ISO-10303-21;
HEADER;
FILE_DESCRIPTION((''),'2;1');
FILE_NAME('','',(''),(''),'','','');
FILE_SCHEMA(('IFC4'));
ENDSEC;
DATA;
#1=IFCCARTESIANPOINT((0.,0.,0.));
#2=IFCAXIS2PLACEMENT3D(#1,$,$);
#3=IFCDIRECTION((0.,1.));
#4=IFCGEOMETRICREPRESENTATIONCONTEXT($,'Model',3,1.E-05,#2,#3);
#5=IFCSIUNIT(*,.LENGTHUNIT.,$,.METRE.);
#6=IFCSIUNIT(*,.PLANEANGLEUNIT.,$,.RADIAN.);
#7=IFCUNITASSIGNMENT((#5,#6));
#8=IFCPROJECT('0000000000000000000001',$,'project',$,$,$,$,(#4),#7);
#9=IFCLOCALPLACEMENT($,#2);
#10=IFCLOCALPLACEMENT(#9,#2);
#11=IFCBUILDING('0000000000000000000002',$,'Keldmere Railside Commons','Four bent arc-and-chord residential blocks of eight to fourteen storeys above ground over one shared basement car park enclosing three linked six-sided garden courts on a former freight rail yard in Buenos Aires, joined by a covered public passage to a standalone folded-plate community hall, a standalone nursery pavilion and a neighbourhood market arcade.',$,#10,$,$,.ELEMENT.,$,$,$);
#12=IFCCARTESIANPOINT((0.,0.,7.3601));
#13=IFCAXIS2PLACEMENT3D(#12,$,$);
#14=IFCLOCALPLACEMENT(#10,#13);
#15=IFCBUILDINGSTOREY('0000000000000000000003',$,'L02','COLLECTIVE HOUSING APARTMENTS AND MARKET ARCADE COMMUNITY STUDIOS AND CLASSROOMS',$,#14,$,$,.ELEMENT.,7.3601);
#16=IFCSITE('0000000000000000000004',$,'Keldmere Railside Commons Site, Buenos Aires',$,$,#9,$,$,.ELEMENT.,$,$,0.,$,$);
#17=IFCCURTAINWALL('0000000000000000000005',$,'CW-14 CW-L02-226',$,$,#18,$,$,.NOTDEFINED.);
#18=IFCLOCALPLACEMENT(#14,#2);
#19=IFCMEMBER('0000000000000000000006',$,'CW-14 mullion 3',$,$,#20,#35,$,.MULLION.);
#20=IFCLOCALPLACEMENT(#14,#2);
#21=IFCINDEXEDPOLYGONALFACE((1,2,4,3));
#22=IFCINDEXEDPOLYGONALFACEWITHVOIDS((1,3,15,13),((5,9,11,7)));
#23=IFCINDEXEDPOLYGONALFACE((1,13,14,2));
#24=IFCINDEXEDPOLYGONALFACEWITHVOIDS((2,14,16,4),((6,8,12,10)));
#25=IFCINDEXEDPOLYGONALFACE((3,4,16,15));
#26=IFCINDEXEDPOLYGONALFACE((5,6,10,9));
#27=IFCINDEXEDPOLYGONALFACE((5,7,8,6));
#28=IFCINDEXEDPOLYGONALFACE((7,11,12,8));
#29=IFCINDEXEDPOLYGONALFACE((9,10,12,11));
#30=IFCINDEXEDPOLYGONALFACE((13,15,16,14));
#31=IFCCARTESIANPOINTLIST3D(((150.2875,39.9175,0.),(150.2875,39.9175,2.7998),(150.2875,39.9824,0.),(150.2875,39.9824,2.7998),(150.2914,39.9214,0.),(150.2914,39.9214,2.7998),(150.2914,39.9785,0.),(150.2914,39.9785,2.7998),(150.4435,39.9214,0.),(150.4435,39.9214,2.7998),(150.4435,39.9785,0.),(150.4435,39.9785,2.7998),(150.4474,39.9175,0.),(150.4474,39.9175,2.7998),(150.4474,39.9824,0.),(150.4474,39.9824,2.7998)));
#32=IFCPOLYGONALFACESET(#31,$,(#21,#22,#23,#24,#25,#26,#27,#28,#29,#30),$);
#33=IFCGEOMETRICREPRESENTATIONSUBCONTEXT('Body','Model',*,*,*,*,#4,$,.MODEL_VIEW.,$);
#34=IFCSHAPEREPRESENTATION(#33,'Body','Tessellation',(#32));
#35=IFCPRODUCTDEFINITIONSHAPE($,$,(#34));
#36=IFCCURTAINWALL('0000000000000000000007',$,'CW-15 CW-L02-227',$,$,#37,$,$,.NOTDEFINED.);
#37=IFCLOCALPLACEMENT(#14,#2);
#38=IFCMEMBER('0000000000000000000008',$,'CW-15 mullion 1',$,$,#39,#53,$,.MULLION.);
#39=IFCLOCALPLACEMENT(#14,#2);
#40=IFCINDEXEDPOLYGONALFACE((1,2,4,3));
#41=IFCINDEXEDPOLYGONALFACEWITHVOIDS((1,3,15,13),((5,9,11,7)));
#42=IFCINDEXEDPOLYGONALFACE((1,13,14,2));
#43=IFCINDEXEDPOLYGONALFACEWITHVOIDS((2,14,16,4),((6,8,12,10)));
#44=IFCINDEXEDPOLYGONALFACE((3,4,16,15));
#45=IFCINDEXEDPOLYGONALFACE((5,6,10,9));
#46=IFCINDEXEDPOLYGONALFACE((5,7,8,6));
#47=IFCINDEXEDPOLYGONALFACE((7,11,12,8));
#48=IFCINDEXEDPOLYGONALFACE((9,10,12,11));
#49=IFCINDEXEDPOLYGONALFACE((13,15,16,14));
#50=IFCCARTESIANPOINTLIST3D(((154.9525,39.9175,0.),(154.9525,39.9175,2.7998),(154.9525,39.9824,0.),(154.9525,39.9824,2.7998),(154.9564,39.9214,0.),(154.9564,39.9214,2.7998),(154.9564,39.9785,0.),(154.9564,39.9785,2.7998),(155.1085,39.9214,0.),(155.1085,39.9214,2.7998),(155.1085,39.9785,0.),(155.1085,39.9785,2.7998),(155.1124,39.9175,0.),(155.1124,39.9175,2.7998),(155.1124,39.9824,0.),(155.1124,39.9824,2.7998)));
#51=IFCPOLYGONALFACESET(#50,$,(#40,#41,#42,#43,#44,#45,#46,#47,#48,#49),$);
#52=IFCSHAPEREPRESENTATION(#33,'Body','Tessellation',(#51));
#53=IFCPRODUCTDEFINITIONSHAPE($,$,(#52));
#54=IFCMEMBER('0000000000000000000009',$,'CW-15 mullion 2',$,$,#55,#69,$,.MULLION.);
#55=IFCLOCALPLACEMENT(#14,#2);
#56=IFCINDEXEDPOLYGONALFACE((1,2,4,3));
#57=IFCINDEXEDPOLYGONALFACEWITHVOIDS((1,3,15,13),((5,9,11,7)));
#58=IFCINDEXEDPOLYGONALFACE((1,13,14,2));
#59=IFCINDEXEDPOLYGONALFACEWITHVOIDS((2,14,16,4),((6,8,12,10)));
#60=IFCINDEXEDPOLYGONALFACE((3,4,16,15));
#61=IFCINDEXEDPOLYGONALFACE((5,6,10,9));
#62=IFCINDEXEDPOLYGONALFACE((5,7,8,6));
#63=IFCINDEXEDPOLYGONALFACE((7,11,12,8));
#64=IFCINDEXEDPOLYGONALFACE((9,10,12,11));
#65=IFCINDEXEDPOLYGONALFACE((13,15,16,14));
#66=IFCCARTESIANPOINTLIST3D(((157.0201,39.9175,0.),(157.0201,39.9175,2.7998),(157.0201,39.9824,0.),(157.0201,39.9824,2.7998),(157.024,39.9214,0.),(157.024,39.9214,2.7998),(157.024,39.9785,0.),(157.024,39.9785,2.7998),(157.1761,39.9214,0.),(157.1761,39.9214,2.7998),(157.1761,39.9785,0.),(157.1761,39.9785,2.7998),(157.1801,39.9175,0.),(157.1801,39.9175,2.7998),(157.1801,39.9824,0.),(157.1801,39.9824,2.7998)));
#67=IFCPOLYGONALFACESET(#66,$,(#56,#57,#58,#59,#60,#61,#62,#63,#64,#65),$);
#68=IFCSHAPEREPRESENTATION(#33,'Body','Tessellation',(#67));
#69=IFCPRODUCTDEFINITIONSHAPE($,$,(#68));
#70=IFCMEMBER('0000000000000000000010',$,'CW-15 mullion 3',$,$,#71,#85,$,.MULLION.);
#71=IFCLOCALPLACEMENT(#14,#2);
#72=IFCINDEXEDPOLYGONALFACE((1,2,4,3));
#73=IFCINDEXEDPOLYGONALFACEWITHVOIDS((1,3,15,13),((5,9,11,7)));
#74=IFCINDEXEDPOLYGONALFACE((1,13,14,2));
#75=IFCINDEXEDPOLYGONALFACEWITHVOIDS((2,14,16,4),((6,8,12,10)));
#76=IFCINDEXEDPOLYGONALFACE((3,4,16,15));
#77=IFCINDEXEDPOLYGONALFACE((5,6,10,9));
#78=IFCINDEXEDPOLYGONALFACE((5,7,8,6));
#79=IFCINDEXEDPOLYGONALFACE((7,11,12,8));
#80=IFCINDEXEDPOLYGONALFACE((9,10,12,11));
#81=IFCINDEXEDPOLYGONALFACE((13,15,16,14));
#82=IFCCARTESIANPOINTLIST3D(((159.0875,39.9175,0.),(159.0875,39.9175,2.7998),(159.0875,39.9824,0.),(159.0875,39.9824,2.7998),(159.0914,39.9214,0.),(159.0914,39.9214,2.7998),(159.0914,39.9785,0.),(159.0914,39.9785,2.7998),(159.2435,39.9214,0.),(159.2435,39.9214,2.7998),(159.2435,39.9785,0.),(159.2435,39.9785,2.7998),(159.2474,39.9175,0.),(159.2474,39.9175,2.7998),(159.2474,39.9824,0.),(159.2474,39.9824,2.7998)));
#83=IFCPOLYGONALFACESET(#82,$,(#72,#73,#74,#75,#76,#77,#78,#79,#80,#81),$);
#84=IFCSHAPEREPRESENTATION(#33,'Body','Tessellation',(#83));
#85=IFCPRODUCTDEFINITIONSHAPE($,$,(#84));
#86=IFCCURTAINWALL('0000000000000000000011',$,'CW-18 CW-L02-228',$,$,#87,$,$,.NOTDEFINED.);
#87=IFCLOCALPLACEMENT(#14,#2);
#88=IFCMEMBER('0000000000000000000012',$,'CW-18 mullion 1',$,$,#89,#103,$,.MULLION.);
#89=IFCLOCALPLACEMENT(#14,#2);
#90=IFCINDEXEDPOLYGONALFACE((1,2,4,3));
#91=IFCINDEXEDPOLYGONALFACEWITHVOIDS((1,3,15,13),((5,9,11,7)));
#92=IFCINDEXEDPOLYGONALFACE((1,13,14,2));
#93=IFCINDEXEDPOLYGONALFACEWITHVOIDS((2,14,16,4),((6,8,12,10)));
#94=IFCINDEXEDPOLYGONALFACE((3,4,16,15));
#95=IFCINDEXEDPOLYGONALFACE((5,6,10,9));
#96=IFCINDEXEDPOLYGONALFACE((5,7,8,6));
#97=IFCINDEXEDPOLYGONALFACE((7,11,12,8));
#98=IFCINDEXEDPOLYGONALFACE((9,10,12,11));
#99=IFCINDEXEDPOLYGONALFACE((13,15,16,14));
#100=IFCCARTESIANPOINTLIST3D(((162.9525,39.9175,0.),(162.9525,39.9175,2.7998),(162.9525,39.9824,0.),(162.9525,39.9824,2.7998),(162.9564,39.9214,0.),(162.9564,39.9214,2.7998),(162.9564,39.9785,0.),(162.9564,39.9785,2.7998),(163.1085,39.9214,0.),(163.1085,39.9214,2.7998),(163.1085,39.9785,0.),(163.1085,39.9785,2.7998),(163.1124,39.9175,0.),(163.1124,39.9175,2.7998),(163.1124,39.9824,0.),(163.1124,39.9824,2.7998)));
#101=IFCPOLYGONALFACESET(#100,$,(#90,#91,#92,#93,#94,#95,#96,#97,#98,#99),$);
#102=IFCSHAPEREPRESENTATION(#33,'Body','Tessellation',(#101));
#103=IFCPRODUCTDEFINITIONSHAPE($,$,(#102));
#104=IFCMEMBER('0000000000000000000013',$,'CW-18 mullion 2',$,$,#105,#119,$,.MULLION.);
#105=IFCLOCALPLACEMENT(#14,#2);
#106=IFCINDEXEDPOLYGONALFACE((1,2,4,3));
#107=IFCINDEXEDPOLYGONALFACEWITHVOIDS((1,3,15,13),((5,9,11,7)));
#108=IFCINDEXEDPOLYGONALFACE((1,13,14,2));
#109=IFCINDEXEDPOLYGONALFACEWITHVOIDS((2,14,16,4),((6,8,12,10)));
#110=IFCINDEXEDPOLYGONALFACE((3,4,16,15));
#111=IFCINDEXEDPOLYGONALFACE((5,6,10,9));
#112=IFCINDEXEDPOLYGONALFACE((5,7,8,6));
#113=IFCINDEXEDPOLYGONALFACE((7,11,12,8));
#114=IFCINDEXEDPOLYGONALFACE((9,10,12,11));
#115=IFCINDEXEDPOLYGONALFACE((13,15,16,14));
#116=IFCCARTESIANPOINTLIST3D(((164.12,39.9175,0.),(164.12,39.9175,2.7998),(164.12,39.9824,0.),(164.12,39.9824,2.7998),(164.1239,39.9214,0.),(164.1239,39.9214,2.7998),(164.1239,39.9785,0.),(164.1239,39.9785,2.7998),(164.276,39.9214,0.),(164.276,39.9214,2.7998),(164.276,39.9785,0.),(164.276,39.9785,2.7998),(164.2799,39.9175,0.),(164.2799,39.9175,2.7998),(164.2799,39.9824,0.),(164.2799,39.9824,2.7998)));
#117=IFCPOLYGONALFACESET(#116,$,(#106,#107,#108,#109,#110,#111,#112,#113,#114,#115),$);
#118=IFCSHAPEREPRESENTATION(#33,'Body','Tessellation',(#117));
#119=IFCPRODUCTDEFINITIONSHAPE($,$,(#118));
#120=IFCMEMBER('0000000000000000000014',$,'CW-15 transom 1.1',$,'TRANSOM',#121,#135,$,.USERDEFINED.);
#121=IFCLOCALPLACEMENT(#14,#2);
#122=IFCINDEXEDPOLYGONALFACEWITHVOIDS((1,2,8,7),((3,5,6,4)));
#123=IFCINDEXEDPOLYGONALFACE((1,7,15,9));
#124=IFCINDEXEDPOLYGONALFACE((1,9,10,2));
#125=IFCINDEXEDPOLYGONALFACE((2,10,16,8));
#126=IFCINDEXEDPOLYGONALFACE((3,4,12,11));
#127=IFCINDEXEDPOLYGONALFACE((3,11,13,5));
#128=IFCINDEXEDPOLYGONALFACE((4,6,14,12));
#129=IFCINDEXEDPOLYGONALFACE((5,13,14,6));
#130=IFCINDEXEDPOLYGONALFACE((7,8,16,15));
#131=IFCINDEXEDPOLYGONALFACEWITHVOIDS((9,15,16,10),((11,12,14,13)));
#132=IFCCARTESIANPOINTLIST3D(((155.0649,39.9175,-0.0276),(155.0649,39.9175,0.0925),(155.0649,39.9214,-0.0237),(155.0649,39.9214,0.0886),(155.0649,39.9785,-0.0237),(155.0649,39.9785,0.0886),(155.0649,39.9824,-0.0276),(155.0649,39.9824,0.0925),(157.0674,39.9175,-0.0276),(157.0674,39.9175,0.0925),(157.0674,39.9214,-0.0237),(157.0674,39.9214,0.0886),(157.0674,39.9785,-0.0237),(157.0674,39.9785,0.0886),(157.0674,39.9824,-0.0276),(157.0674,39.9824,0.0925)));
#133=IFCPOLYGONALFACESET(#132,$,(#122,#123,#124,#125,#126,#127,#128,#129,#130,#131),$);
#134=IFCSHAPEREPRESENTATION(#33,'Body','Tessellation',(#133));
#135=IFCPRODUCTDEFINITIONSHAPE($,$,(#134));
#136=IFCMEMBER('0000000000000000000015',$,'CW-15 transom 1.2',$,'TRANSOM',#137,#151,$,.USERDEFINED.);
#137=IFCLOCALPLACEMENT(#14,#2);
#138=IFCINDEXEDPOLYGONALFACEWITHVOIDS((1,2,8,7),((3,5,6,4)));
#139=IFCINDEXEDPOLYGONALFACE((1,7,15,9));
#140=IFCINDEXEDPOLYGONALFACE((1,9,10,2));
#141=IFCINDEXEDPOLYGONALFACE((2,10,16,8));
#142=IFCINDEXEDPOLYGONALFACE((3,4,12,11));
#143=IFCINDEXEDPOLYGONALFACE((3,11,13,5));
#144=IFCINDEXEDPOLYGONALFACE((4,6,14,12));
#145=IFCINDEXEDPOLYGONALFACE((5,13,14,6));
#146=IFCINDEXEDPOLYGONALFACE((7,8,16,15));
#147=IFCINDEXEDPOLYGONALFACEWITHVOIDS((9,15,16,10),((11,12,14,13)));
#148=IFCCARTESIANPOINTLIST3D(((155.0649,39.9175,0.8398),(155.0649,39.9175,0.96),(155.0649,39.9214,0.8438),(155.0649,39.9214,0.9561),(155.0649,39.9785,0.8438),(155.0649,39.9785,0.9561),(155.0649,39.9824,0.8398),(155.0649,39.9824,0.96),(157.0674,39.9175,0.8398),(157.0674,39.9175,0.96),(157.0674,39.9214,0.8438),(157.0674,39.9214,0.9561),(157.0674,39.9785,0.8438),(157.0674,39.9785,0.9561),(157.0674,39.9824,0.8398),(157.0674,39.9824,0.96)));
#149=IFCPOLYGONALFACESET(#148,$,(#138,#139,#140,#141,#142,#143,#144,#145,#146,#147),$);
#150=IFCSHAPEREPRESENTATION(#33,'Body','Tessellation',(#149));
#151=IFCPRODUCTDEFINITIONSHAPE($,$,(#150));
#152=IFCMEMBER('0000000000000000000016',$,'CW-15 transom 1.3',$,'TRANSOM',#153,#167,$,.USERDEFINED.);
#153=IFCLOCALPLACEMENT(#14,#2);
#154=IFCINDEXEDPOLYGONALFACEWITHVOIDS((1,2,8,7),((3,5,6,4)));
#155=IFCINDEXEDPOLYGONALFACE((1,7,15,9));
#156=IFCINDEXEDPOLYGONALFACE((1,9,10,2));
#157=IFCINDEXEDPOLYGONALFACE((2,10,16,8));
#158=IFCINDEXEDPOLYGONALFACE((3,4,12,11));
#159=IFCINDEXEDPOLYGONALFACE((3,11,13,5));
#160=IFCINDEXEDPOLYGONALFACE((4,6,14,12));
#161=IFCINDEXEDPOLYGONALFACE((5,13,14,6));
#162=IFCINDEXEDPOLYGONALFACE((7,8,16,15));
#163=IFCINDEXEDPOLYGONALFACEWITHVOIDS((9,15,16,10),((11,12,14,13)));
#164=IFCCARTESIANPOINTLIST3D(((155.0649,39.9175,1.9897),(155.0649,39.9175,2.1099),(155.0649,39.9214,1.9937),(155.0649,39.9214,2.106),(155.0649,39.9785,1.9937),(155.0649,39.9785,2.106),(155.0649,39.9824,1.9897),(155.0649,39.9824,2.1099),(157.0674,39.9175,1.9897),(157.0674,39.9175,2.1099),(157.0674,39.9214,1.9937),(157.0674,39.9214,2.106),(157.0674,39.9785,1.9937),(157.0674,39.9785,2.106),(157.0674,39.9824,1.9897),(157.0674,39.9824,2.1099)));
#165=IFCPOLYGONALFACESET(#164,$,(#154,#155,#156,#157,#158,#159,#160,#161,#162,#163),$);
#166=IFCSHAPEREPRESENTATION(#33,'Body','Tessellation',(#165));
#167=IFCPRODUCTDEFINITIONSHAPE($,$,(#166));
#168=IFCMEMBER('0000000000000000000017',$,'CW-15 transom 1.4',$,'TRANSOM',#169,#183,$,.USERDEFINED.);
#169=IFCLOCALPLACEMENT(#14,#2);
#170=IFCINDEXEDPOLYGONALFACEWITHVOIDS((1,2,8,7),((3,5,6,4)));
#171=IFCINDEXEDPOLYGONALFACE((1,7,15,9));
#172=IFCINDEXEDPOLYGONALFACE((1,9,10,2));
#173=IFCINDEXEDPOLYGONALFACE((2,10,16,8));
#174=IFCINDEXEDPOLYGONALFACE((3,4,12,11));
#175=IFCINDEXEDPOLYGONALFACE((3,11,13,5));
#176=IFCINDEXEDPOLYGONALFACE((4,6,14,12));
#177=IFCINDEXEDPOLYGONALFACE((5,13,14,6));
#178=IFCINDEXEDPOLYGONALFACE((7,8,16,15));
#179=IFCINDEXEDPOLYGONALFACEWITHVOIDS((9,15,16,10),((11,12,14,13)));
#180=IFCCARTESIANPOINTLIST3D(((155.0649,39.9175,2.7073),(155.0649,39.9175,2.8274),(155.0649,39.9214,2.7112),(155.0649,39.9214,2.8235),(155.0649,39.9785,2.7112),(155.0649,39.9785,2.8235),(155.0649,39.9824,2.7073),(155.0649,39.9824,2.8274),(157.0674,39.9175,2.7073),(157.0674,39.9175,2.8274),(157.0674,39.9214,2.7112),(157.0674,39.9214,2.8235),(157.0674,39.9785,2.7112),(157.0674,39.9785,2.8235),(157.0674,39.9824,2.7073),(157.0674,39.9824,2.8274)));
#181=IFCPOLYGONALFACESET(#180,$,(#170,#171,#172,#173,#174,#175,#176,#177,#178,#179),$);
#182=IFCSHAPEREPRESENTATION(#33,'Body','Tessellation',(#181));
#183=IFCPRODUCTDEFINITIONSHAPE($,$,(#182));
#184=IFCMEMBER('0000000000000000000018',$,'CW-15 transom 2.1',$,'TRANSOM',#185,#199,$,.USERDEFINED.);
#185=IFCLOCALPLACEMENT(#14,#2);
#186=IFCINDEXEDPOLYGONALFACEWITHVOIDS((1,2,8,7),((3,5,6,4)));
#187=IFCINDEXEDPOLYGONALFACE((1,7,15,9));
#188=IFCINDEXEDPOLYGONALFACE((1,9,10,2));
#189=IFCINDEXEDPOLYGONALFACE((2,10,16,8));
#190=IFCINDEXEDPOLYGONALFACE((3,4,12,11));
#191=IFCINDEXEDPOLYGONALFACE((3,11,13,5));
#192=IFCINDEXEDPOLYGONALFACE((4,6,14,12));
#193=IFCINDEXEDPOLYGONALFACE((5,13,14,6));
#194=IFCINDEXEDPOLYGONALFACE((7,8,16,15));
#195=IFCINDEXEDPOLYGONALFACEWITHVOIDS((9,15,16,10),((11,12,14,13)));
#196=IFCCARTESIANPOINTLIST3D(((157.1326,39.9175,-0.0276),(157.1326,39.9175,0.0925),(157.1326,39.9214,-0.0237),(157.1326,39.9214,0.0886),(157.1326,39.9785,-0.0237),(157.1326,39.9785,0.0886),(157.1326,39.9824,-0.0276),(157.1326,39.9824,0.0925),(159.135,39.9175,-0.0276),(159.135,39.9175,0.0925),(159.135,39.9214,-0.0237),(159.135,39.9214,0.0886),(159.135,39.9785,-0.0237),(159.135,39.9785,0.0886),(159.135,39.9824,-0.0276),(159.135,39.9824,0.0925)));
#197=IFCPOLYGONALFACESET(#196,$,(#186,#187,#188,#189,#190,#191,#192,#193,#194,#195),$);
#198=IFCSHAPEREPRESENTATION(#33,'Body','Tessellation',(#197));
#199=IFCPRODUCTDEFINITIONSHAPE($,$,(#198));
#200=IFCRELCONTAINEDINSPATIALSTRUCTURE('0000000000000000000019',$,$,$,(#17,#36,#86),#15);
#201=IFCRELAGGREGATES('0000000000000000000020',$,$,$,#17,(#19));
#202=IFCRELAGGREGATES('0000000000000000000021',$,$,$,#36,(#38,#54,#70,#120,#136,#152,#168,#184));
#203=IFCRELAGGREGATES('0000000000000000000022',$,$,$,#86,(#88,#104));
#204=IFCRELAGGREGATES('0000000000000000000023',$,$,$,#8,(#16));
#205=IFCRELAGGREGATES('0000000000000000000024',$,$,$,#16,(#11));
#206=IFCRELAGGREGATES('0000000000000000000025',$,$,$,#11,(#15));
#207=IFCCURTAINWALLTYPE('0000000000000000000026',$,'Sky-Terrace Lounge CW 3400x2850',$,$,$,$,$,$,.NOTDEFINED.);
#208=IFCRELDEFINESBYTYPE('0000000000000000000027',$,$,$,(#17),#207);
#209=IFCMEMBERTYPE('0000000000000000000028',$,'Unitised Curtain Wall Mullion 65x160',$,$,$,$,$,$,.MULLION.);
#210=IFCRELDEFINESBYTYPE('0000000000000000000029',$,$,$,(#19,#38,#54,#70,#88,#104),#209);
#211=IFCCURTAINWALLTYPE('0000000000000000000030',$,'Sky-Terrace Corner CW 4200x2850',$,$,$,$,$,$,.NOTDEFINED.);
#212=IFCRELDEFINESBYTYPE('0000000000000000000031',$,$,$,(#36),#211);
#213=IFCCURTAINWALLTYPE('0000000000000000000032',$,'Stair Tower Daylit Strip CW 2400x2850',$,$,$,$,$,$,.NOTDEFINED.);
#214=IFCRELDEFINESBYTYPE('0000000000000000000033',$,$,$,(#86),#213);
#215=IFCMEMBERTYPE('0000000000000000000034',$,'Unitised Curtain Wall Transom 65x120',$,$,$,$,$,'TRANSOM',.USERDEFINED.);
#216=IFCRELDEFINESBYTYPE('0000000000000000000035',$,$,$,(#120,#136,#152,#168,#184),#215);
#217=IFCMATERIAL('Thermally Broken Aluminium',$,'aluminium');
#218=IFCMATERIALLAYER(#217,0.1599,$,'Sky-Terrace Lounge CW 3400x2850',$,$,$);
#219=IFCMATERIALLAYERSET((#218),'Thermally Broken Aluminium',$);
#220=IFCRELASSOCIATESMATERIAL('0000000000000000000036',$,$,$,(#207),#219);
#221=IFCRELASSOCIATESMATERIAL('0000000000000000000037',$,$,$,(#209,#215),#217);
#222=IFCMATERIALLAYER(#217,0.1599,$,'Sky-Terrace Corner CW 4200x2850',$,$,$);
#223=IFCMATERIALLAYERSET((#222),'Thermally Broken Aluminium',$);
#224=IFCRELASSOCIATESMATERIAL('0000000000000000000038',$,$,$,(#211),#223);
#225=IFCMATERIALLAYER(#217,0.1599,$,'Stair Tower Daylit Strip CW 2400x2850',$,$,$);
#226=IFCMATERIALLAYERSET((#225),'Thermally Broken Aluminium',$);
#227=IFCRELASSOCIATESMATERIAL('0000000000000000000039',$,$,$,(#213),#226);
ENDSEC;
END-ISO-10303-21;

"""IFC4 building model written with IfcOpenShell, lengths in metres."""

from ifc_helpers import new_model, si_unit, direction, frame, origin, origin_2d, place, context, subcontext, project, spatial, hollow_rectangle, extrude, material, layer, layer_set, material_profile, profile_set, type_object, element, aggregate, save


model = new_model("IFC4")

# Units and contexts
model_context = context("Model", 3, precision=1e-05, world=origin(), true_north=direction((0.0, 1.0)))
body_context = subcontext(model_context, "Body", "Model", "MODEL_VIEW")
ifc_project = project(units=[si_unit("LENGTHUNIT", "METRE"), si_unit("PLANEANGLEUNIT", "RADIAN")], contexts=[model_context])

# Site, building, storey
site_placement = place(None, origin())
site = spatial("IfcSite", under=ifc_project, at=site_placement, Name="Keldmere Railside Commons Site, Buenos Aires", CompositionType="ELEMENT", RefElevation=0.0)
building_placement = place(site_placement, origin())
building = spatial("IfcBuilding", under=site, at=building_placement, Name="Keldmere Railside Commons", Description="Four bent arc-and-chord residential blocks of eight to fourteen storeys above ground over one shared basement car park enclosing three linked six-sided garden courts on a former freight rail yard in Buenos Aires, joined by a covered public passage to a standalone folded-plate community hall, a standalone nursery pavilion and a neighbourhood market arcade.", CompositionType="ELEMENT")
storey_placement = place(building_placement, frame((0.0, 0.0, 7.3601)))
storey = spatial("IfcBuildingStorey", under=building, at=storey_placement, Name="L02", Description="COLLECTIVE HOUSING APARTMENTS AND MARKET ARCADE COMMUNITY STUDIOS AND CLASSROOMS", CompositionType="ELEMENT", Elevation=7.3601)

# Curtain wall, member
ifc_material_1 = material(Name="Thermally Broken Aluminium", Category="aluminium")
ifc_layer_1 = layer(ifc_material_1, 0.1599, Name="Sky-Terrace Lounge CW 3400x2850")
ifc_layer_set_1 = layer_set([ifc_layer_1], Name="Thermally Broken Aluminium")
curtain_wall_type_1 = type_object("IfcCurtainWallType", Name="Sky-Terrace Lounge CW 3400x2850", PredefinedType="NOTDEFINED", material=ifc_layer_set_1)
curtain_wall_1_placement = place(storey_placement, origin())
curtain_wall_1 = element("IfcCurtainWall", 1, at=curtain_wall_1_placement, inside=storey, type_object=curtain_wall_type_1, Name="CW-14 CW-L02-226", PredefinedType="NOTDEFINED")
ifc_material_profile_1 = material_profile(ifc_material_1, hollow_rectangle(XDim=0.0649, YDim=0.1599, WallThickness=0.0039, at=origin_2d()), Name="ALU-MULL-65x160")
ifc_profile_set_1 = profile_set([ifc_material_profile_1], Name="Thermally Broken Aluminium")
member_type_1 = type_object("IfcMemberType", Name="Unitised Curtain Wall Mullion 65x160", PredefinedType="MULLION", material=ifc_profile_set_1)
member_1_placement = place(storey_placement, frame((150.3674, 39.95, 0.0), z_axis=(0.0, 0.0, 1.0), x_axis=(0.0, 1.0, 0.0)))
member_1 = element("IfcMember", 2, at=member_1_placement, type_object=member_type_1, Name="CW-14 mullion 3", PredefinedType="MULLION", context=body_context, shape_type="SweptSolid", body=[
    extrude(hollow_rectangle(XDim=0.0649, YDim=0.1599, WallThickness=0.0039, at=origin_2d()), origin(), (0.0, 0.0, 1.0), 2.7998),
])
aggregate(curtain_wall_1, [member_1])

# Curtain walls, members
ifc_layer_2 = layer(ifc_material_1, 0.1599, Name="Sky-Terrace Corner CW 4200x2850")
ifc_layer_set_2 = layer_set([ifc_layer_2], Name="Thermally Broken Aluminium")
curtain_wall_type_2 = type_object("IfcCurtainWallType", Name="Sky-Terrace Corner CW 4200x2850", PredefinedType="NOTDEFINED", material=ifc_layer_set_2)
curtain_wall_2_placement = place(storey_placement, origin())
curtain_wall_2 = element("IfcCurtainWall", 3, at=curtain_wall_2_placement, inside=storey, type_object=curtain_wall_type_2, Name="CW-15 CW-L02-227", PredefinedType="NOTDEFINED")
member_2_placement = place(storey_placement, frame((155.0325, 39.95, 0.0), z_axis=(0.0, 0.0, 1.0), x_axis=(0.0, 1.0, 0.0)))
member_2 = element("IfcMember", 4, at=member_2_placement, type_object=member_type_1, Name="CW-15 mullion 1", PredefinedType="MULLION", context=body_context, shape_type="SweptSolid", body=[
    extrude(hollow_rectangle(XDim=0.0649, YDim=0.1599, WallThickness=0.0039, at=origin_2d()), origin(), (0.0, 0.0, 1.0), 2.7998),
])
member_3_placement = place(storey_placement, frame((157.1001, 39.95, 0.0), z_axis=(0.0, 0.0, 1.0), x_axis=(0.0, 1.0, 0.0)))
member_3 = element("IfcMember", 5, at=member_3_placement, type_object=member_type_1, Name="CW-15 mullion 2", PredefinedType="MULLION", context=body_context, shape_type="SweptSolid", body=[
    extrude(hollow_rectangle(XDim=0.0649, YDim=0.1599, WallThickness=0.0039, at=origin_2d()), origin(), (0.0, 0.0, 1.0), 2.7998),
])
member_4_placement = place(storey_placement, frame((159.1675, 39.95, 0.0), z_axis=(0.0, 0.0, 1.0), x_axis=(0.0, 1.0, 0.0)))
member_4 = element("IfcMember", 6, at=member_4_placement, type_object=member_type_1, Name="CW-15 mullion 3", PredefinedType="MULLION", context=body_context, shape_type="SweptSolid", body=[
    extrude(hollow_rectangle(XDim=0.0649, YDim=0.1599, WallThickness=0.0039, at=origin_2d()), origin(), (0.0, 0.0, 1.0), 2.7998),
])
ifc_layer_3 = layer(ifc_material_1, 0.1599, Name="Stair Tower Daylit Strip CW 2400x2850")
ifc_layer_set_3 = layer_set([ifc_layer_3], Name="Thermally Broken Aluminium")
curtain_wall_type_3 = type_object("IfcCurtainWallType", Name="Stair Tower Daylit Strip CW 2400x2850", PredefinedType="NOTDEFINED", material=ifc_layer_set_3)
curtain_wall_3_placement = place(storey_placement, origin())
curtain_wall_3 = element("IfcCurtainWall", 7, at=curtain_wall_3_placement, inside=storey, type_object=curtain_wall_type_3, Name="CW-18 CW-L02-228", PredefinedType="NOTDEFINED")
member_5_placement = place(storey_placement, frame((163.0325, 39.95, 0.0), z_axis=(0.0, 0.0, 1.0), x_axis=(0.0, 1.0, 0.0)))
member_5 = element("IfcMember", 8, at=member_5_placement, type_object=member_type_1, Name="CW-18 mullion 1", PredefinedType="MULLION", context=body_context, shape_type="SweptSolid", body=[
    extrude(hollow_rectangle(XDim=0.0649, YDim=0.1599, WallThickness=0.0039, at=origin_2d()), origin(), (0.0, 0.0, 1.0), 2.7998),
])
member_6_placement = place(storey_placement, frame((164.2, 39.95, 0.0), z_axis=(0.0, 0.0, 1.0), x_axis=(0.0, 1.0, 0.0)))
member_6 = element("IfcMember", 9, at=member_6_placement, type_object=member_type_1, Name="CW-18 mullion 2", PredefinedType="MULLION", context=body_context, shape_type="SweptSolid", body=[
    extrude(hollow_rectangle(XDim=0.0649, YDim=0.1599, WallThickness=0.0039, at=origin_2d()), origin(), (0.0, 0.0, 1.0), 2.7998),
])

# Members
ifc_material_profile_2 = material_profile(ifc_material_1, hollow_rectangle(XDim=0.0649, YDim=0.1201, WallThickness=0.0039, at=origin_2d()), Name="ALU-TRAN-65x120")
ifc_profile_set_2 = profile_set([ifc_material_profile_2], Name="Thermally Broken Aluminium")
member_type_2 = type_object("IfcMemberType", Name="Unitised Curtain Wall Transom 65x120", ElementType="TRANSOM", PredefinedType="USERDEFINED", material=ifc_profile_set_2)
member_7_placement = place(storey_placement, frame((155.0649, 39.95, 0.0325), z_axis=(1.0, 0.0, 0.0), x_axis=(0.0, 1.0, 0.0)))
member_7 = element("IfcMember", 10, at=member_7_placement, type_object=member_type_2, Name="CW-15 transom 1.1", ObjectType="TRANSOM", PredefinedType="USERDEFINED", context=body_context, shape_type="SweptSolid", body=[
    extrude(hollow_rectangle(XDim=0.0649, YDim=0.1201, WallThickness=0.0039, at=origin_2d()), origin(), (0.0, 0.0, 1.0), 2.0024),
])
member_8_placement = place(storey_placement, frame((155.0649, 39.95, 0.8999), z_axis=(1.0, 0.0, 0.0), x_axis=(0.0, 1.0, 0.0)))
member_8 = element("IfcMember", 11, at=member_8_placement, type_object=member_type_2, Name="CW-15 transom 1.2", ObjectType="TRANSOM", PredefinedType="USERDEFINED", context=body_context, shape_type="SweptSolid", body=[
    extrude(hollow_rectangle(XDim=0.0649, YDim=0.1201, WallThickness=0.0039, at=origin_2d()), origin(), (0.0, 0.0, 1.0), 2.0024),
])
member_9_placement = place(storey_placement, frame((155.0649, 39.95, 2.0498), z_axis=(1.0, 0.0, 0.0), x_axis=(0.0, 1.0, 0.0)))
member_9 = element("IfcMember", 12, at=member_9_placement, type_object=member_type_2, Name="CW-15 transom 1.3", ObjectType="TRANSOM", PredefinedType="USERDEFINED", context=body_context, shape_type="SweptSolid", body=[
    extrude(hollow_rectangle(XDim=0.0649, YDim=0.1201, WallThickness=0.0039, at=origin_2d()), origin(), (0.0, 0.0, 1.0), 2.0024),
])
member_10_placement = place(storey_placement, frame((155.0649, 39.95, 2.7673), z_axis=(1.0, 0.0, 0.0), x_axis=(0.0, 1.0, 0.0)))
member_10 = element("IfcMember", 13, at=member_10_placement, type_object=member_type_2, Name="CW-15 transom 1.4", ObjectType="TRANSOM", PredefinedType="USERDEFINED", context=body_context, shape_type="SweptSolid", body=[
    extrude(hollow_rectangle(XDim=0.0649, YDim=0.1201, WallThickness=0.0039, at=origin_2d()), origin(), (0.0, 0.0, 1.0), 2.0024),
])
member_11_placement = place(storey_placement, frame((157.1326, 39.95, 0.0325), z_axis=(1.0, 0.0, 0.0), x_axis=(0.0, 1.0, 0.0)))
member_11 = element("IfcMember", 14, at=member_11_placement, type_object=member_type_2, Name="CW-15 transom 2.1", ObjectType="TRANSOM", PredefinedType="USERDEFINED", context=body_context, shape_type="SweptSolid", body=[
    extrude(hollow_rectangle(XDim=0.0649, YDim=0.1201, WallThickness=0.0039, at=origin_2d()), origin(), (0.0, 0.0, 1.0), 2.0024),
])

aggregate(curtain_wall_2, [member_2, member_3, member_4, member_7, member_8, member_9, member_10, member_11])
aggregate(curtain_wall_3, [member_5, member_6])

save(model, "model.ifc")
